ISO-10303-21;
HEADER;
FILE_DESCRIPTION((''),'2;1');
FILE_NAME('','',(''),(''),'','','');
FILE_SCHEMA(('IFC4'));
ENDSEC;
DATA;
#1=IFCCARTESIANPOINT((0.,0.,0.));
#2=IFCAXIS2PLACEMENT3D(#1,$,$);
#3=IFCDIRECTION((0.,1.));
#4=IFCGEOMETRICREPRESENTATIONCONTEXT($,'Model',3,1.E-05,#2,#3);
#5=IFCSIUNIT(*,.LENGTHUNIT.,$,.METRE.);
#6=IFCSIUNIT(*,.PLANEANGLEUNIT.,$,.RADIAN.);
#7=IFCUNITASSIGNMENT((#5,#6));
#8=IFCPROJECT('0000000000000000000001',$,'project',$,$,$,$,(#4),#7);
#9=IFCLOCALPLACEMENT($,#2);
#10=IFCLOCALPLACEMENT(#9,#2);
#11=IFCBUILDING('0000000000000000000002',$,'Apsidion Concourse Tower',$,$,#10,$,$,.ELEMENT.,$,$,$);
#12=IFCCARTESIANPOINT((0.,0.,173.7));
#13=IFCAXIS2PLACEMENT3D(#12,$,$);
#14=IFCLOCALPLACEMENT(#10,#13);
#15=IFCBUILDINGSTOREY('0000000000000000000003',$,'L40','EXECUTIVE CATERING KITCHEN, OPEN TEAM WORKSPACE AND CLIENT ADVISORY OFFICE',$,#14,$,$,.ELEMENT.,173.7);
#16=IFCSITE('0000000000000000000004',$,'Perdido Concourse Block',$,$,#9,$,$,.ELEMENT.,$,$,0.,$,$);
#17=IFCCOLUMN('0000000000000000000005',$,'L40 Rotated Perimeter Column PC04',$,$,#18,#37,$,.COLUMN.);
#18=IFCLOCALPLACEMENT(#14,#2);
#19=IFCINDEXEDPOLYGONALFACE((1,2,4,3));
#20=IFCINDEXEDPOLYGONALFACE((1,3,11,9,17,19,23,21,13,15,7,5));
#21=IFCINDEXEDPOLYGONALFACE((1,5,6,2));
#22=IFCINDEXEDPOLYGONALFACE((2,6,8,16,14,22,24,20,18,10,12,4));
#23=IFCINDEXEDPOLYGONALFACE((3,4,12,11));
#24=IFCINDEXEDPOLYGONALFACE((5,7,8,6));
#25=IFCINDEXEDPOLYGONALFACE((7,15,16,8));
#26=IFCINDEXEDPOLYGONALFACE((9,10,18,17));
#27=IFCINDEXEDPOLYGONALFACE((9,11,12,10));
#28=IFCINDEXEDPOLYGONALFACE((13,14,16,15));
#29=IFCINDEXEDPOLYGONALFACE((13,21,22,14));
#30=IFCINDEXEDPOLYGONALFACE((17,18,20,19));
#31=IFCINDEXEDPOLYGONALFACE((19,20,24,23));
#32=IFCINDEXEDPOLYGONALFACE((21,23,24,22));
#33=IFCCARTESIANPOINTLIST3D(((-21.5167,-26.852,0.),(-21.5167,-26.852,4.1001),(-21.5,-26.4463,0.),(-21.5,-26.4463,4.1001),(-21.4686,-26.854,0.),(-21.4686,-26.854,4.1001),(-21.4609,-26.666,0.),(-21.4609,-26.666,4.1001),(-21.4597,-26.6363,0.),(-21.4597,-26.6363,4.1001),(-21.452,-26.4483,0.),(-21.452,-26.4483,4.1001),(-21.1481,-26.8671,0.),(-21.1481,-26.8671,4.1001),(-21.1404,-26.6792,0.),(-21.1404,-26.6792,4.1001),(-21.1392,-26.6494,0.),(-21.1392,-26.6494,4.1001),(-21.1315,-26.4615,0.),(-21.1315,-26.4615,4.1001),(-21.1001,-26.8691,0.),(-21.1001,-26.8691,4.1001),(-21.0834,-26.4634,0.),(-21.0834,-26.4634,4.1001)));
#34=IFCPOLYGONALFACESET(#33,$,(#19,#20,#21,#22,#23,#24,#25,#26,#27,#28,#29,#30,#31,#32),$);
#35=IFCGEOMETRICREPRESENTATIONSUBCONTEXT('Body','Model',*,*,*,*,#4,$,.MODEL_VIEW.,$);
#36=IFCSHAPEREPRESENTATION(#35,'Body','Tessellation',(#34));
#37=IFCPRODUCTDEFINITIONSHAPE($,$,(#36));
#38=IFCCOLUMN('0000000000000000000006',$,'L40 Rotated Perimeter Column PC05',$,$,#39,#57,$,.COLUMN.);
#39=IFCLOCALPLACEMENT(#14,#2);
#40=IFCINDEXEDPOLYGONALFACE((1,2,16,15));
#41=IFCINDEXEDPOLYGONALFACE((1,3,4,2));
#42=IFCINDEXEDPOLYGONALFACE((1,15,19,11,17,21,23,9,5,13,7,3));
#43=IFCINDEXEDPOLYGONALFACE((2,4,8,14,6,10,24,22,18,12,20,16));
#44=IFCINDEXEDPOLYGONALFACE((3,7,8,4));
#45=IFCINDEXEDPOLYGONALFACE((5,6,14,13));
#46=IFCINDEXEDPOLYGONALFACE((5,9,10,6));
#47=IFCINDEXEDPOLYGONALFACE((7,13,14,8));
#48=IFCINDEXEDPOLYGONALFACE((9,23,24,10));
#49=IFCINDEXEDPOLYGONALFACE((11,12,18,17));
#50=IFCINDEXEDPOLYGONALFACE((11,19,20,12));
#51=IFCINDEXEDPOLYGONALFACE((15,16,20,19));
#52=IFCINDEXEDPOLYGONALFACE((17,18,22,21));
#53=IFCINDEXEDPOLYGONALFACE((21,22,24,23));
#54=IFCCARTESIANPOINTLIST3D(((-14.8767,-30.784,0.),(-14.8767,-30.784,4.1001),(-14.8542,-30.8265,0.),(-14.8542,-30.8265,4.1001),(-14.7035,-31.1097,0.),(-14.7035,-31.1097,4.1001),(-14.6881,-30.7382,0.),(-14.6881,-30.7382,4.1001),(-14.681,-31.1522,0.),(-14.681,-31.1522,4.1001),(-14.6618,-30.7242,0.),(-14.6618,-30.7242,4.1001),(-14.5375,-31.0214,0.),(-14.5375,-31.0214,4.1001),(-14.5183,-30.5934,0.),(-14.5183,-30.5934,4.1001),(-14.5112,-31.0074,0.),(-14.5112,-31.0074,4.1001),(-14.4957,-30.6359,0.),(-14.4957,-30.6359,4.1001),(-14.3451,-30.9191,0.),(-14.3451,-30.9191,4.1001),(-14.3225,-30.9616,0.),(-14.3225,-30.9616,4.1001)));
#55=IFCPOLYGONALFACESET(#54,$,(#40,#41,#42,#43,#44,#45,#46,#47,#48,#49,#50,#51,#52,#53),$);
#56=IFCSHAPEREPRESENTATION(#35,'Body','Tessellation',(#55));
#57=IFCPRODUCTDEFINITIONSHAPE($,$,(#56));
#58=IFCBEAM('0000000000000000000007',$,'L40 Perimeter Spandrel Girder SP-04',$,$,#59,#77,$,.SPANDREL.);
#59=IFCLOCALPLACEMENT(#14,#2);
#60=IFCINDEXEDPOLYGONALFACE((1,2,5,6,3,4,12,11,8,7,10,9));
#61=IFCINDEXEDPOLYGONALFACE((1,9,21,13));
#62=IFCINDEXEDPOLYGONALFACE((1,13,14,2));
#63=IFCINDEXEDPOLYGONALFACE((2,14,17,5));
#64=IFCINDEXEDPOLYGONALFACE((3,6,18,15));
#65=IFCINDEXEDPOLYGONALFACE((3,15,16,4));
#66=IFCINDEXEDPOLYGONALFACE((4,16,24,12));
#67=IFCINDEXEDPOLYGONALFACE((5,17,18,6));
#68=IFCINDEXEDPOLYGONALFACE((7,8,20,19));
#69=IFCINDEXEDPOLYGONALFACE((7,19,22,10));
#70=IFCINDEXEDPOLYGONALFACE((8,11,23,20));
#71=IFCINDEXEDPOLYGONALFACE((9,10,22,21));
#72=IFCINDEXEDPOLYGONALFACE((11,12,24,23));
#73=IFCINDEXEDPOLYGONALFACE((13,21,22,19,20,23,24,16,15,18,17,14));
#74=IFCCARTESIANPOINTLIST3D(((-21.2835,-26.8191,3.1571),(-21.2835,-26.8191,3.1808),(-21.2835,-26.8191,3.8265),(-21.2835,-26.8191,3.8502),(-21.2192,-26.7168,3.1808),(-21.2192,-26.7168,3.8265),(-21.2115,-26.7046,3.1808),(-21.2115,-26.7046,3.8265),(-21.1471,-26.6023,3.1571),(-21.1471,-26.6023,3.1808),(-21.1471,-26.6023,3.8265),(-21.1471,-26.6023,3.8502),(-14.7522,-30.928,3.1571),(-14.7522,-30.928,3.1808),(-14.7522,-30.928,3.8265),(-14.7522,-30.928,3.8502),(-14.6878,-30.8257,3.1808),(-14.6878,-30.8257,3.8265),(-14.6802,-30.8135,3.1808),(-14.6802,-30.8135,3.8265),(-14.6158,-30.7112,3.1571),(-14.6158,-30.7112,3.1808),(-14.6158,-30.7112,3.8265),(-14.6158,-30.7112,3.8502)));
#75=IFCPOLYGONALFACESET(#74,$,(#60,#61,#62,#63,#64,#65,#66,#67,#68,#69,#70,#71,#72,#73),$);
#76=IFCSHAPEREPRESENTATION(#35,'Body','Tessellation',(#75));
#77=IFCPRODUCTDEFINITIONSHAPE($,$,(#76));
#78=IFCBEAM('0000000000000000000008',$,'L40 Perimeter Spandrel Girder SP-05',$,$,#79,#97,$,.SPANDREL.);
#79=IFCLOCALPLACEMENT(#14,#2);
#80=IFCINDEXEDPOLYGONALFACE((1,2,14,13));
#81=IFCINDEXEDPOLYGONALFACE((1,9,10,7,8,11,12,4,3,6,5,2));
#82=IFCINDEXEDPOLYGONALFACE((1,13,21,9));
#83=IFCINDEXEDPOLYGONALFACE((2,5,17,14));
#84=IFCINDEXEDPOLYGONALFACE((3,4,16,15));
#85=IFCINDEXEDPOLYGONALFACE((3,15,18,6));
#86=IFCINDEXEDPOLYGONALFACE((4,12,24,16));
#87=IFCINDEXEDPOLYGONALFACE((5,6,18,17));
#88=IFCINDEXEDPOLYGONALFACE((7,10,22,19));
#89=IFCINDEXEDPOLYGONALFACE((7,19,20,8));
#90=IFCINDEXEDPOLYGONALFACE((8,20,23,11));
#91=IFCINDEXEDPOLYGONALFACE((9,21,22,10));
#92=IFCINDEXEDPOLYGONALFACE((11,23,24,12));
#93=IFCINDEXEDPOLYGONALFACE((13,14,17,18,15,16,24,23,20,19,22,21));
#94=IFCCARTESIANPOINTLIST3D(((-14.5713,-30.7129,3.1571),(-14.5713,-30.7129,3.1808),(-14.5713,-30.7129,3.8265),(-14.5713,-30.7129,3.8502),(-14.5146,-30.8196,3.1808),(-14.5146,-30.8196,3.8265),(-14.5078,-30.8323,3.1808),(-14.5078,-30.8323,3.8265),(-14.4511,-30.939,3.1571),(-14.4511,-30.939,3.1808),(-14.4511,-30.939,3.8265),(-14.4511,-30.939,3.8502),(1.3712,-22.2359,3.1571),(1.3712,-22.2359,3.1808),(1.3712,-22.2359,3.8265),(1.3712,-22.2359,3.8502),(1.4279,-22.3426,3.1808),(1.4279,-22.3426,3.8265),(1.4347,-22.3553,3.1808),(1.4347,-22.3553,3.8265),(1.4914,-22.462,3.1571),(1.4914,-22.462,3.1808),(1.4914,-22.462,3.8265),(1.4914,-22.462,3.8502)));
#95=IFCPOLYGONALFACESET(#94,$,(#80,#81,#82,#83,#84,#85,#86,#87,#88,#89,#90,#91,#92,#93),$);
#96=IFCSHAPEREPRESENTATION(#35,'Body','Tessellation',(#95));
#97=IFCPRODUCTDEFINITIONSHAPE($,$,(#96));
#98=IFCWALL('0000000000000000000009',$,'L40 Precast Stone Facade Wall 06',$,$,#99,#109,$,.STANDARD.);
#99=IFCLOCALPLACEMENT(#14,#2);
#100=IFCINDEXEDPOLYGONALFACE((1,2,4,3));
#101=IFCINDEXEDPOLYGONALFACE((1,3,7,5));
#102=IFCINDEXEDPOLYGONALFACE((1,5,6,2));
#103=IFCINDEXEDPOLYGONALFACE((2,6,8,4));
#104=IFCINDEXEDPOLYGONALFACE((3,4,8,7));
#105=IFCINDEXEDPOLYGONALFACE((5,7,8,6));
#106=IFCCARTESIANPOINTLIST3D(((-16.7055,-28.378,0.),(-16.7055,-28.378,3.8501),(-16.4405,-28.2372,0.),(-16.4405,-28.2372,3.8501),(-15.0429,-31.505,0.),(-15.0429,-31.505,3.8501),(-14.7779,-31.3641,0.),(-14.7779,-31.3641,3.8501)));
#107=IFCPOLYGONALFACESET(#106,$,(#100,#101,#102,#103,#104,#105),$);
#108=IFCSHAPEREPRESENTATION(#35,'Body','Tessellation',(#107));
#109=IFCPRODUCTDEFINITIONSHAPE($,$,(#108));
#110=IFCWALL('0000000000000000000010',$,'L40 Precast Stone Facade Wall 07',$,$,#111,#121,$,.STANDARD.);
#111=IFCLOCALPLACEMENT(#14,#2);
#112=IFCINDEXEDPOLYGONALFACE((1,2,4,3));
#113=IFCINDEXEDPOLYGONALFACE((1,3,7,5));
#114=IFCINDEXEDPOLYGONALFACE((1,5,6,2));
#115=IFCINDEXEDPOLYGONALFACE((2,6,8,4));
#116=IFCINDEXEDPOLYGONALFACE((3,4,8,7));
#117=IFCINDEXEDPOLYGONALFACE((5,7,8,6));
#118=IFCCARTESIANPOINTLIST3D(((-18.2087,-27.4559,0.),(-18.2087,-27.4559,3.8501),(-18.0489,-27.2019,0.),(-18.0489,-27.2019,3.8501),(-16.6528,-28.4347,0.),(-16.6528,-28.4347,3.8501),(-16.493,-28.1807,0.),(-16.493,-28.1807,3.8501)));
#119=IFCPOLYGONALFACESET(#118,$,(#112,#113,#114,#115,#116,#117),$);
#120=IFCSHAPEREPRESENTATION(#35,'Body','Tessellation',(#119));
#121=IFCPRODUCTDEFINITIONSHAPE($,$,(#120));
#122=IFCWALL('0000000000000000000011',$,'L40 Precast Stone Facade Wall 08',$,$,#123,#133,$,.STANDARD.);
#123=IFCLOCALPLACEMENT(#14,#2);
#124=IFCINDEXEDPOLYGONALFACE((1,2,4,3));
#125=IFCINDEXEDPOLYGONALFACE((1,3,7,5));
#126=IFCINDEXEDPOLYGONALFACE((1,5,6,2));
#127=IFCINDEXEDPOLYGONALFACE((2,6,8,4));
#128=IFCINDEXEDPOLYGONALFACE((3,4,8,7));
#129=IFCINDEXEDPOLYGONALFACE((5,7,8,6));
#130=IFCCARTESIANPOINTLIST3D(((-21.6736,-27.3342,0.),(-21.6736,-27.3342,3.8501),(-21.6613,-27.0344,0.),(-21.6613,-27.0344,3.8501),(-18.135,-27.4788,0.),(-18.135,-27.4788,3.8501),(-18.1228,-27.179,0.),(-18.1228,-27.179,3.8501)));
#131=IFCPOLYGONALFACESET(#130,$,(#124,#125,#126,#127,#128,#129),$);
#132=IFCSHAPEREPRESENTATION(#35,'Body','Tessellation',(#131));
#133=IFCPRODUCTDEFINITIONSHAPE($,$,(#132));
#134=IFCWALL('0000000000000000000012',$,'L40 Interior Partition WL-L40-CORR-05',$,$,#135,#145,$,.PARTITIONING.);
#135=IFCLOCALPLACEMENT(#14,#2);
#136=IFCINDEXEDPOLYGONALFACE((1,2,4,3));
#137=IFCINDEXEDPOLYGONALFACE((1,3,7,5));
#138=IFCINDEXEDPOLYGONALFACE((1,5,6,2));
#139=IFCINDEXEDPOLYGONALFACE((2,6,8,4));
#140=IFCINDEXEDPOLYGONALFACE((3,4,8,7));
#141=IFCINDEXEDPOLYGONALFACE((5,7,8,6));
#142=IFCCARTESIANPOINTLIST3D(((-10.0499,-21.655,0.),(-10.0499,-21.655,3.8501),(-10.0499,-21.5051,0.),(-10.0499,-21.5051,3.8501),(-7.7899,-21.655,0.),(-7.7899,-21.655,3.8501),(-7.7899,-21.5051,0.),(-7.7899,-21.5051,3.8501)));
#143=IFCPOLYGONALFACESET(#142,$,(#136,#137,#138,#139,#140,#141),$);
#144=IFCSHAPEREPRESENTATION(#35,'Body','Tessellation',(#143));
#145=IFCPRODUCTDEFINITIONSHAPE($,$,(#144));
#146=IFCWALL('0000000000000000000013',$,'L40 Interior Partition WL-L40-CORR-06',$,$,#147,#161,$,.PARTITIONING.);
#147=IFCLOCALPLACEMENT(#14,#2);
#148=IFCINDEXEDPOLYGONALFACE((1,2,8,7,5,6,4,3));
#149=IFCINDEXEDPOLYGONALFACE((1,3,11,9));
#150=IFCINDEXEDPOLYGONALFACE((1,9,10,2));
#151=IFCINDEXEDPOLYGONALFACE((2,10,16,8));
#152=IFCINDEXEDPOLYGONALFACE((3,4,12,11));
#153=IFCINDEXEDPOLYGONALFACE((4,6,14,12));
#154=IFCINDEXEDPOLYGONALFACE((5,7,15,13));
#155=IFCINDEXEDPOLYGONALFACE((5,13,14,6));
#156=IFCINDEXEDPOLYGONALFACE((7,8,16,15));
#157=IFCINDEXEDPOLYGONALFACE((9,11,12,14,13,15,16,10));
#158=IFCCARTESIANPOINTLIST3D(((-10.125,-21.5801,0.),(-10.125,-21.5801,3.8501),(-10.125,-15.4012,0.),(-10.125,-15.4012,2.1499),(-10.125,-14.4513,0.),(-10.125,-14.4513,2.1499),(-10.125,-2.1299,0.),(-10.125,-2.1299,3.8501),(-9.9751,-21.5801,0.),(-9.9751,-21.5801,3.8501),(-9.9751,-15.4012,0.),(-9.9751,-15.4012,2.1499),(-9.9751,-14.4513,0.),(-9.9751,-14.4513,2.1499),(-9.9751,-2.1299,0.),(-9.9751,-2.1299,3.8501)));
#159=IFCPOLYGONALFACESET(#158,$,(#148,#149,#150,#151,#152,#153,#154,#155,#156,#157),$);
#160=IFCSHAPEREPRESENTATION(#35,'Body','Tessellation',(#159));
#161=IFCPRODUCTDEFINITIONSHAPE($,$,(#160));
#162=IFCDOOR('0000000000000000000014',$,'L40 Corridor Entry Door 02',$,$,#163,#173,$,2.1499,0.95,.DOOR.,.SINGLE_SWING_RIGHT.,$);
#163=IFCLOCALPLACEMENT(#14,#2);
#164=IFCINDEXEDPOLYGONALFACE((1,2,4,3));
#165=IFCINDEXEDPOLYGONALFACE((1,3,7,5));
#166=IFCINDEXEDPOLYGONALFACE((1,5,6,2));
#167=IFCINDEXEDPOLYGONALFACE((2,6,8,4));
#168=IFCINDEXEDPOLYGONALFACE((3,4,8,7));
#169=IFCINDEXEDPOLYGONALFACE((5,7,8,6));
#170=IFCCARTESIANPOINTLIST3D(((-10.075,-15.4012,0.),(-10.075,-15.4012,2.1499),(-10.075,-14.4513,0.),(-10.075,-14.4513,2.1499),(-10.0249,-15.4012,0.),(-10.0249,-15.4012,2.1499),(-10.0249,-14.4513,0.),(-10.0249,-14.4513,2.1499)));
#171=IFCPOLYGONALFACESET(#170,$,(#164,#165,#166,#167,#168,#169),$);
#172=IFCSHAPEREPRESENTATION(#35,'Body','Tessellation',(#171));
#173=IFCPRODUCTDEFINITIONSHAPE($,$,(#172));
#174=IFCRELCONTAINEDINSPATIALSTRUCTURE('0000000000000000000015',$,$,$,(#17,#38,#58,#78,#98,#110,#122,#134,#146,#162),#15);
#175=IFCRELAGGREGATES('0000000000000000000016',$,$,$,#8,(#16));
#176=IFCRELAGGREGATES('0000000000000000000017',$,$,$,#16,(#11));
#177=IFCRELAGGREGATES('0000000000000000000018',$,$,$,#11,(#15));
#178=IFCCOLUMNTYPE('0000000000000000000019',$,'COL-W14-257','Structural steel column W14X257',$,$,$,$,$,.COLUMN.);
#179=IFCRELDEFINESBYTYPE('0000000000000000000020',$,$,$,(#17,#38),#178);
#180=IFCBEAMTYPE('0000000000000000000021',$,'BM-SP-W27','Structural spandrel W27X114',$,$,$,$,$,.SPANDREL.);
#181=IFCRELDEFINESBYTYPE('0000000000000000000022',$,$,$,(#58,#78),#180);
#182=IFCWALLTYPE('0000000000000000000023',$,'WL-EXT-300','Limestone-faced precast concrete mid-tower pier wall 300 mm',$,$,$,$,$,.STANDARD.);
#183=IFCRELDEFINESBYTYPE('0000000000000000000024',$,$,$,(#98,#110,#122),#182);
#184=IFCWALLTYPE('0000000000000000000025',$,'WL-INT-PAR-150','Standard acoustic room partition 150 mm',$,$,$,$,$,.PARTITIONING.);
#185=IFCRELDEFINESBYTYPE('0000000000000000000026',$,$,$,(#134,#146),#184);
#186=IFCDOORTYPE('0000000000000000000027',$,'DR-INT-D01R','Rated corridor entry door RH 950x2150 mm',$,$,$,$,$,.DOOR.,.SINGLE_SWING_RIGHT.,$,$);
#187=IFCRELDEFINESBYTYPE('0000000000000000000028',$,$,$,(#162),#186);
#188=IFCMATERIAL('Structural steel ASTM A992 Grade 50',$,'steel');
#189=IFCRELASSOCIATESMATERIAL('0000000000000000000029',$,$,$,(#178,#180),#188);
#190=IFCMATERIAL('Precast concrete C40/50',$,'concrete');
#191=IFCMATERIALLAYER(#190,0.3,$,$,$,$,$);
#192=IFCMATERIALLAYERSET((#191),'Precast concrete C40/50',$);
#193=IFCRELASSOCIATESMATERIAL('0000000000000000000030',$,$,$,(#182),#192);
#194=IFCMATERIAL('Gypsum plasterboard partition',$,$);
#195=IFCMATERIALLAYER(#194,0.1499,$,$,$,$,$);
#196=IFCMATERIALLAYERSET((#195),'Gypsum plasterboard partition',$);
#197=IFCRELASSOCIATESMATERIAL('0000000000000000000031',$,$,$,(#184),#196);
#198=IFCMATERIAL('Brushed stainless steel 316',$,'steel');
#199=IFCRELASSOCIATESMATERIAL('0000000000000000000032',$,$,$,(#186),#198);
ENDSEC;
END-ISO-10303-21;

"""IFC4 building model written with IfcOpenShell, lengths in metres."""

from ifc_helpers import new_model, si_unit, direction, frame, frame_2d, origin, origin_2d, place, context, subcontext, project, spatial, rectangle, i_section, extrude, material, layer, layer_set, material_profile, profile_set, type_object, element, fill, save


model = new_model("IFC4")

# Units and contexts
model_context = context("Model", 3, precision=1e-05, world=origin(), true_north=direction((0.0, 1.0)))
body_context = subcontext(model_context, "Body", "Model", "MODEL_VIEW")
ifc_project = project(units=[si_unit("LENGTHUNIT", "METRE"), si_unit("PLANEANGLEUNIT", "RADIAN")], contexts=[model_context])

# Site, building, storey
site_placement = place(None, origin())
site = spatial("IfcSite", under=ifc_project, at=site_placement, Name="Perdido Concourse Block", CompositionType="ELEMENT", RefElevation=0.0)
building_placement = place(site_placement, origin())
building = spatial("IfcBuilding", under=site, at=building_placement, Name="Apsidion Concourse Tower", CompositionType="ELEMENT")
storey_placement = place(building_placement, frame((0.0, 0.0, 173.7)))
storey = spatial("IfcBuildingStorey", under=building, at=storey_placement, Name="L40", Description="EXECUTIVE CATERING KITCHEN, OPEN TEAM WORKSPACE AND CLIENT ADVISORY OFFICE", CompositionType="ELEMENT", Elevation=173.7)

# Columns
ifc_material_1 = material(Name="Structural steel ASTM A992 Grade 50", Category="steel")
ifc_material_profile_1 = material_profile(ifc_material_1, i_section(OverallWidth=0.406, OverallDepth=0.417, WebThickness=0.0298, FlangeThickness=0.0481, at=origin_2d()), Name="W14X257")
ifc_profile_set_1 = profile_set([ifc_material_profile_1], Name="Structural steel ASTM A992 Grade 50")
column_type = type_object("IfcColumnType", Name="COL-W14-257", Description="Structural steel column W14X257", PredefinedType="COLUMN", material=ifc_profile_set_1)
for number, where, z_axis, x_axis, name in (
    (1, (-21.3, -26.6577, 0.0), (0.0, 0.0, 1.0), (0.041004, 0.999159, 0.0), "L40 Rotated Perimeter Column PC04"),
    (2, (-14.5996, -30.8728, 0.0), (0.0, 0.0, 1.0), (0.882948, 0.469472, 0.0), "L40 Rotated Perimeter Column PC05"),
):
    element("IfcColumn", number, at=place(storey_placement, frame(where, z_axis=z_axis, x_axis=x_axis)), inside=storey, type_object=column_type, Name=name, PredefinedType="COLUMN", context=body_context, shape_type="SweptSolid", body=[
        extrude(i_section(OverallWidth=0.406, OverallDepth=0.417, WebThickness=0.0298, FlangeThickness=0.0481, at=origin_2d()), origin(), (0.0, 0.0, 1.0), 4.1001),
    ])

# Beams
ifc_material_profile_2 = material_profile(ifc_material_1, i_section(OverallWidth=0.2561, OverallDepth=0.6931, WebThickness=0.0144, FlangeThickness=0.0237, at=origin_2d()), Name="W27X114")
ifc_profile_set_2 = profile_set([ifc_material_profile_2], Name="Structural steel ASTM A992 Grade 50")
beam_type = type_object("IfcBeamType", Name="BM-SP-W27", Description="Structural spandrel W27X114", PredefinedType="SPANDREL", material=ifc_profile_set_2)
beam_1_placement = place(storey_placement, frame((-21.2153, -26.7107, 3.5037), z_axis=(0.84643, -0.532499, 0.0), x_axis=(0.532499, 0.84643, 0.0)))
element("IfcBeam", 3, at=beam_1_placement, inside=storey, type_object=beam_type, Name="L40 Perimeter Spandrel Girder SP-04", PredefinedType="SPANDREL", context=body_context, shape_type="SweptSolid", body=[
    extrude(i_section(OverallWidth=0.2561, OverallDepth=0.6931, WebThickness=0.0144, FlangeThickness=0.0237, at=origin_2d()), origin(), (0.0, 0.0, 1.0), 7.7163),
])
beam_2_placement = place(storey_placement, frame((-14.5112, -30.8259, 3.5037), z_axis=(0.882943, 0.46948, 0.0), x_axis=(-0.46948, 0.882943, 0.0)))
element("IfcBeam", 4, at=beam_2_placement, inside=storey, type_object=beam_type, Name="L40 Perimeter Spandrel Girder SP-05", PredefinedType="SPANDREL", context=body_context, shape_type="SweptSolid", body=[
    extrude(i_section(OverallWidth=0.2561, OverallDepth=0.6931, WebThickness=0.0144, FlangeThickness=0.0237, at=origin_2d()), origin(), (0.0, 0.0, 1.0), 18.0562),
])

# Walls
ifc_material_2 = material(Name="Precast concrete C40/50", Category="concrete")
ifc_layer_1 = layer(ifc_material_2, 0.3)
ifc_layer_set_1 = layer_set([ifc_layer_1], Name="Precast concrete C40/50")
wall_type_1 = type_object("IfcWallType", Name="WL-EXT-300", Description="Limestone-faced precast concrete mid-tower pier wall 300 mm", PredefinedType="STANDARD", material=ifc_layer_set_1)
wall_1_placement = place(storey_placement, frame((-14.9104, -31.4346, 0.0), z_axis=(0.0, 0.0, 1.0), x_axis=(-0.469464, 0.882951, 0.0)))
element("IfcWall", 5, at=wall_1_placement, inside=storey, type_object=wall_type_1, Name="L40 Precast Stone Facade Wall 06", PredefinedType="STANDARD", context=body_context, shape_type="SweptSolid", body=[
    extrude(rectangle(XDim=3.5415, YDim=0.3, at=frame_2d((1.7708, 0.0))), origin(), (0.0, 0.0, 1.0), 3.8501),
])
wall_2_placement = place(storey_placement, frame((-16.573, -28.3076, 0.0), z_axis=(0.0, 0.0, 1.0), x_axis=(-0.84645, 0.532468, 0.0)))
element("IfcWall", 6, at=wall_2_placement, inside=storey, type_object=wall_type_1, Name="L40 Precast Stone Facade Wall 07", PredefinedType="STANDARD", context=body_context, shape_type="SweptSolid", body=[
    extrude(rectangle(XDim=1.8381, YDim=0.3, at=frame_2d((0.9189, 0.0))), origin(), (0.0, 0.0, 1.0), 3.8501),
])
wall_3_placement = place(storey_placement, frame((-18.1289, -27.3289, 0.0), z_axis=(0.0, 0.0, 1.0), x_axis=(-0.999167, 0.04081, 0.0)))
element("IfcWall", 7, at=wall_3_placement, inside=storey, type_object=wall_type_1, Name="L40 Precast Stone Facade Wall 08", PredefinedType="STANDARD", context=body_context, shape_type="SweptSolid", body=[
    extrude(rectangle(XDim=3.5415, YDim=0.3, at=frame_2d((1.7708, 0.0))), origin(), (0.0, 0.0, 1.0), 3.8501),
])

# Wall
ifc_material_3 = material(Name="Gypsum plasterboard partition")
ifc_layer_2 = layer(ifc_material_3, 0.1499)
ifc_layer_set_2 = layer_set([ifc_layer_2], Name="Gypsum plasterboard partition")
wall_type_2 = type_object("IfcWallType", Name="WL-INT-PAR-150", Description="Standard acoustic room partition 150 mm", PredefinedType="PARTITIONING", material=ifc_layer_set_2)
wall_4_placement = place(storey_placement, frame((-7.79, -21.5801, 0.0), z_axis=(0.0, 0.0, 1.0), x_axis=(-1.0, 0.0, 0.0)))
element("IfcWall", 8, at=wall_4_placement, inside=storey, type_object=wall_type_2, Name="L40 Interior Partition WL-L40-CORR-05", PredefinedType="PARTITIONING", context=body_context, shape_type="SweptSolid", body=[
    extrude(rectangle(XDim=2.26, YDim=0.1499, at=frame_2d((1.1299, 0.0))), origin(), (0.0, 0.0, 1.0), 3.8501),
])

# Wall, opening, door
wall_5_placement = place(storey_placement, frame((-10.05, -21.5801, 0.0), z_axis=(0.0, 0.0, 1.0), x_axis=(0.0, 1.0, 0.0)))
wall_5 = element("IfcWall", 9, at=wall_5_placement, inside=storey, type_object=wall_type_2, Name="L40 Interior Partition WL-L40-CORR-06", PredefinedType="PARTITIONING", context=body_context, shape_type="SweptSolid", body=[
    extrude(rectangle(XDim=19.4502, YDim=0.1499, at=frame_2d((9.7251, 0.0))), origin(), (0.0, 0.0, 1.0), 3.8501),
])
opening_1_placement = place(wall_5_placement, frame((6.1787, 0.0, 0.0)))
opening_1 = element("IfcOpeningElement", 10, at=opening_1_placement, cuts=wall_5, PredefinedType="OPENING", context=body_context, shape_type="SweptSolid", body=[
    extrude(rectangle(XDim=0.95, YDim=2.1499, at=frame_2d((0.4751, 1.075))), frame((0.0, 0.085, 0.0), z_axis=(0.0, -1.0, 0.0), x_axis=(1.0, 0.0, 0.0)), (0.0, 0.0, 1.0), 0.1699),
])
ifc_material_4 = material(Name="Brushed stainless steel 316", Category="steel")
door_type_1 = type_object("IfcDoorType", Name="DR-INT-D01R", Description="Rated corridor entry door RH 950x2150 mm", OperationType="SINGLE_SWING_RIGHT", PredefinedType="DOOR", material=ifc_material_4)
door_1_placement = place(opening_1_placement, origin())
door_1 = element("IfcDoor", 11, at=door_1_placement, inside=storey, type_object=door_type_1, Name="L40 Corridor Entry Door 02", OperationType="SINGLE_SWING_RIGHT", OverallHeight=2.1499, OverallWidth=0.95, PredefinedType="DOOR", context=body_context, shape_type="SweptSolid", body=[
    extrude(rectangle(XDim=0.95, YDim=2.1499, at=frame_2d((0.4751, 1.075))), frame((0.0, 0.0249, 0.0), z_axis=(0.0, -1.0, 0.0), x_axis=(1.0, 0.0, 0.0)), (0.0, 0.0, 1.0), 0.05),
])
fill(opening_1, door_1)

save(model, "model.ifc")
